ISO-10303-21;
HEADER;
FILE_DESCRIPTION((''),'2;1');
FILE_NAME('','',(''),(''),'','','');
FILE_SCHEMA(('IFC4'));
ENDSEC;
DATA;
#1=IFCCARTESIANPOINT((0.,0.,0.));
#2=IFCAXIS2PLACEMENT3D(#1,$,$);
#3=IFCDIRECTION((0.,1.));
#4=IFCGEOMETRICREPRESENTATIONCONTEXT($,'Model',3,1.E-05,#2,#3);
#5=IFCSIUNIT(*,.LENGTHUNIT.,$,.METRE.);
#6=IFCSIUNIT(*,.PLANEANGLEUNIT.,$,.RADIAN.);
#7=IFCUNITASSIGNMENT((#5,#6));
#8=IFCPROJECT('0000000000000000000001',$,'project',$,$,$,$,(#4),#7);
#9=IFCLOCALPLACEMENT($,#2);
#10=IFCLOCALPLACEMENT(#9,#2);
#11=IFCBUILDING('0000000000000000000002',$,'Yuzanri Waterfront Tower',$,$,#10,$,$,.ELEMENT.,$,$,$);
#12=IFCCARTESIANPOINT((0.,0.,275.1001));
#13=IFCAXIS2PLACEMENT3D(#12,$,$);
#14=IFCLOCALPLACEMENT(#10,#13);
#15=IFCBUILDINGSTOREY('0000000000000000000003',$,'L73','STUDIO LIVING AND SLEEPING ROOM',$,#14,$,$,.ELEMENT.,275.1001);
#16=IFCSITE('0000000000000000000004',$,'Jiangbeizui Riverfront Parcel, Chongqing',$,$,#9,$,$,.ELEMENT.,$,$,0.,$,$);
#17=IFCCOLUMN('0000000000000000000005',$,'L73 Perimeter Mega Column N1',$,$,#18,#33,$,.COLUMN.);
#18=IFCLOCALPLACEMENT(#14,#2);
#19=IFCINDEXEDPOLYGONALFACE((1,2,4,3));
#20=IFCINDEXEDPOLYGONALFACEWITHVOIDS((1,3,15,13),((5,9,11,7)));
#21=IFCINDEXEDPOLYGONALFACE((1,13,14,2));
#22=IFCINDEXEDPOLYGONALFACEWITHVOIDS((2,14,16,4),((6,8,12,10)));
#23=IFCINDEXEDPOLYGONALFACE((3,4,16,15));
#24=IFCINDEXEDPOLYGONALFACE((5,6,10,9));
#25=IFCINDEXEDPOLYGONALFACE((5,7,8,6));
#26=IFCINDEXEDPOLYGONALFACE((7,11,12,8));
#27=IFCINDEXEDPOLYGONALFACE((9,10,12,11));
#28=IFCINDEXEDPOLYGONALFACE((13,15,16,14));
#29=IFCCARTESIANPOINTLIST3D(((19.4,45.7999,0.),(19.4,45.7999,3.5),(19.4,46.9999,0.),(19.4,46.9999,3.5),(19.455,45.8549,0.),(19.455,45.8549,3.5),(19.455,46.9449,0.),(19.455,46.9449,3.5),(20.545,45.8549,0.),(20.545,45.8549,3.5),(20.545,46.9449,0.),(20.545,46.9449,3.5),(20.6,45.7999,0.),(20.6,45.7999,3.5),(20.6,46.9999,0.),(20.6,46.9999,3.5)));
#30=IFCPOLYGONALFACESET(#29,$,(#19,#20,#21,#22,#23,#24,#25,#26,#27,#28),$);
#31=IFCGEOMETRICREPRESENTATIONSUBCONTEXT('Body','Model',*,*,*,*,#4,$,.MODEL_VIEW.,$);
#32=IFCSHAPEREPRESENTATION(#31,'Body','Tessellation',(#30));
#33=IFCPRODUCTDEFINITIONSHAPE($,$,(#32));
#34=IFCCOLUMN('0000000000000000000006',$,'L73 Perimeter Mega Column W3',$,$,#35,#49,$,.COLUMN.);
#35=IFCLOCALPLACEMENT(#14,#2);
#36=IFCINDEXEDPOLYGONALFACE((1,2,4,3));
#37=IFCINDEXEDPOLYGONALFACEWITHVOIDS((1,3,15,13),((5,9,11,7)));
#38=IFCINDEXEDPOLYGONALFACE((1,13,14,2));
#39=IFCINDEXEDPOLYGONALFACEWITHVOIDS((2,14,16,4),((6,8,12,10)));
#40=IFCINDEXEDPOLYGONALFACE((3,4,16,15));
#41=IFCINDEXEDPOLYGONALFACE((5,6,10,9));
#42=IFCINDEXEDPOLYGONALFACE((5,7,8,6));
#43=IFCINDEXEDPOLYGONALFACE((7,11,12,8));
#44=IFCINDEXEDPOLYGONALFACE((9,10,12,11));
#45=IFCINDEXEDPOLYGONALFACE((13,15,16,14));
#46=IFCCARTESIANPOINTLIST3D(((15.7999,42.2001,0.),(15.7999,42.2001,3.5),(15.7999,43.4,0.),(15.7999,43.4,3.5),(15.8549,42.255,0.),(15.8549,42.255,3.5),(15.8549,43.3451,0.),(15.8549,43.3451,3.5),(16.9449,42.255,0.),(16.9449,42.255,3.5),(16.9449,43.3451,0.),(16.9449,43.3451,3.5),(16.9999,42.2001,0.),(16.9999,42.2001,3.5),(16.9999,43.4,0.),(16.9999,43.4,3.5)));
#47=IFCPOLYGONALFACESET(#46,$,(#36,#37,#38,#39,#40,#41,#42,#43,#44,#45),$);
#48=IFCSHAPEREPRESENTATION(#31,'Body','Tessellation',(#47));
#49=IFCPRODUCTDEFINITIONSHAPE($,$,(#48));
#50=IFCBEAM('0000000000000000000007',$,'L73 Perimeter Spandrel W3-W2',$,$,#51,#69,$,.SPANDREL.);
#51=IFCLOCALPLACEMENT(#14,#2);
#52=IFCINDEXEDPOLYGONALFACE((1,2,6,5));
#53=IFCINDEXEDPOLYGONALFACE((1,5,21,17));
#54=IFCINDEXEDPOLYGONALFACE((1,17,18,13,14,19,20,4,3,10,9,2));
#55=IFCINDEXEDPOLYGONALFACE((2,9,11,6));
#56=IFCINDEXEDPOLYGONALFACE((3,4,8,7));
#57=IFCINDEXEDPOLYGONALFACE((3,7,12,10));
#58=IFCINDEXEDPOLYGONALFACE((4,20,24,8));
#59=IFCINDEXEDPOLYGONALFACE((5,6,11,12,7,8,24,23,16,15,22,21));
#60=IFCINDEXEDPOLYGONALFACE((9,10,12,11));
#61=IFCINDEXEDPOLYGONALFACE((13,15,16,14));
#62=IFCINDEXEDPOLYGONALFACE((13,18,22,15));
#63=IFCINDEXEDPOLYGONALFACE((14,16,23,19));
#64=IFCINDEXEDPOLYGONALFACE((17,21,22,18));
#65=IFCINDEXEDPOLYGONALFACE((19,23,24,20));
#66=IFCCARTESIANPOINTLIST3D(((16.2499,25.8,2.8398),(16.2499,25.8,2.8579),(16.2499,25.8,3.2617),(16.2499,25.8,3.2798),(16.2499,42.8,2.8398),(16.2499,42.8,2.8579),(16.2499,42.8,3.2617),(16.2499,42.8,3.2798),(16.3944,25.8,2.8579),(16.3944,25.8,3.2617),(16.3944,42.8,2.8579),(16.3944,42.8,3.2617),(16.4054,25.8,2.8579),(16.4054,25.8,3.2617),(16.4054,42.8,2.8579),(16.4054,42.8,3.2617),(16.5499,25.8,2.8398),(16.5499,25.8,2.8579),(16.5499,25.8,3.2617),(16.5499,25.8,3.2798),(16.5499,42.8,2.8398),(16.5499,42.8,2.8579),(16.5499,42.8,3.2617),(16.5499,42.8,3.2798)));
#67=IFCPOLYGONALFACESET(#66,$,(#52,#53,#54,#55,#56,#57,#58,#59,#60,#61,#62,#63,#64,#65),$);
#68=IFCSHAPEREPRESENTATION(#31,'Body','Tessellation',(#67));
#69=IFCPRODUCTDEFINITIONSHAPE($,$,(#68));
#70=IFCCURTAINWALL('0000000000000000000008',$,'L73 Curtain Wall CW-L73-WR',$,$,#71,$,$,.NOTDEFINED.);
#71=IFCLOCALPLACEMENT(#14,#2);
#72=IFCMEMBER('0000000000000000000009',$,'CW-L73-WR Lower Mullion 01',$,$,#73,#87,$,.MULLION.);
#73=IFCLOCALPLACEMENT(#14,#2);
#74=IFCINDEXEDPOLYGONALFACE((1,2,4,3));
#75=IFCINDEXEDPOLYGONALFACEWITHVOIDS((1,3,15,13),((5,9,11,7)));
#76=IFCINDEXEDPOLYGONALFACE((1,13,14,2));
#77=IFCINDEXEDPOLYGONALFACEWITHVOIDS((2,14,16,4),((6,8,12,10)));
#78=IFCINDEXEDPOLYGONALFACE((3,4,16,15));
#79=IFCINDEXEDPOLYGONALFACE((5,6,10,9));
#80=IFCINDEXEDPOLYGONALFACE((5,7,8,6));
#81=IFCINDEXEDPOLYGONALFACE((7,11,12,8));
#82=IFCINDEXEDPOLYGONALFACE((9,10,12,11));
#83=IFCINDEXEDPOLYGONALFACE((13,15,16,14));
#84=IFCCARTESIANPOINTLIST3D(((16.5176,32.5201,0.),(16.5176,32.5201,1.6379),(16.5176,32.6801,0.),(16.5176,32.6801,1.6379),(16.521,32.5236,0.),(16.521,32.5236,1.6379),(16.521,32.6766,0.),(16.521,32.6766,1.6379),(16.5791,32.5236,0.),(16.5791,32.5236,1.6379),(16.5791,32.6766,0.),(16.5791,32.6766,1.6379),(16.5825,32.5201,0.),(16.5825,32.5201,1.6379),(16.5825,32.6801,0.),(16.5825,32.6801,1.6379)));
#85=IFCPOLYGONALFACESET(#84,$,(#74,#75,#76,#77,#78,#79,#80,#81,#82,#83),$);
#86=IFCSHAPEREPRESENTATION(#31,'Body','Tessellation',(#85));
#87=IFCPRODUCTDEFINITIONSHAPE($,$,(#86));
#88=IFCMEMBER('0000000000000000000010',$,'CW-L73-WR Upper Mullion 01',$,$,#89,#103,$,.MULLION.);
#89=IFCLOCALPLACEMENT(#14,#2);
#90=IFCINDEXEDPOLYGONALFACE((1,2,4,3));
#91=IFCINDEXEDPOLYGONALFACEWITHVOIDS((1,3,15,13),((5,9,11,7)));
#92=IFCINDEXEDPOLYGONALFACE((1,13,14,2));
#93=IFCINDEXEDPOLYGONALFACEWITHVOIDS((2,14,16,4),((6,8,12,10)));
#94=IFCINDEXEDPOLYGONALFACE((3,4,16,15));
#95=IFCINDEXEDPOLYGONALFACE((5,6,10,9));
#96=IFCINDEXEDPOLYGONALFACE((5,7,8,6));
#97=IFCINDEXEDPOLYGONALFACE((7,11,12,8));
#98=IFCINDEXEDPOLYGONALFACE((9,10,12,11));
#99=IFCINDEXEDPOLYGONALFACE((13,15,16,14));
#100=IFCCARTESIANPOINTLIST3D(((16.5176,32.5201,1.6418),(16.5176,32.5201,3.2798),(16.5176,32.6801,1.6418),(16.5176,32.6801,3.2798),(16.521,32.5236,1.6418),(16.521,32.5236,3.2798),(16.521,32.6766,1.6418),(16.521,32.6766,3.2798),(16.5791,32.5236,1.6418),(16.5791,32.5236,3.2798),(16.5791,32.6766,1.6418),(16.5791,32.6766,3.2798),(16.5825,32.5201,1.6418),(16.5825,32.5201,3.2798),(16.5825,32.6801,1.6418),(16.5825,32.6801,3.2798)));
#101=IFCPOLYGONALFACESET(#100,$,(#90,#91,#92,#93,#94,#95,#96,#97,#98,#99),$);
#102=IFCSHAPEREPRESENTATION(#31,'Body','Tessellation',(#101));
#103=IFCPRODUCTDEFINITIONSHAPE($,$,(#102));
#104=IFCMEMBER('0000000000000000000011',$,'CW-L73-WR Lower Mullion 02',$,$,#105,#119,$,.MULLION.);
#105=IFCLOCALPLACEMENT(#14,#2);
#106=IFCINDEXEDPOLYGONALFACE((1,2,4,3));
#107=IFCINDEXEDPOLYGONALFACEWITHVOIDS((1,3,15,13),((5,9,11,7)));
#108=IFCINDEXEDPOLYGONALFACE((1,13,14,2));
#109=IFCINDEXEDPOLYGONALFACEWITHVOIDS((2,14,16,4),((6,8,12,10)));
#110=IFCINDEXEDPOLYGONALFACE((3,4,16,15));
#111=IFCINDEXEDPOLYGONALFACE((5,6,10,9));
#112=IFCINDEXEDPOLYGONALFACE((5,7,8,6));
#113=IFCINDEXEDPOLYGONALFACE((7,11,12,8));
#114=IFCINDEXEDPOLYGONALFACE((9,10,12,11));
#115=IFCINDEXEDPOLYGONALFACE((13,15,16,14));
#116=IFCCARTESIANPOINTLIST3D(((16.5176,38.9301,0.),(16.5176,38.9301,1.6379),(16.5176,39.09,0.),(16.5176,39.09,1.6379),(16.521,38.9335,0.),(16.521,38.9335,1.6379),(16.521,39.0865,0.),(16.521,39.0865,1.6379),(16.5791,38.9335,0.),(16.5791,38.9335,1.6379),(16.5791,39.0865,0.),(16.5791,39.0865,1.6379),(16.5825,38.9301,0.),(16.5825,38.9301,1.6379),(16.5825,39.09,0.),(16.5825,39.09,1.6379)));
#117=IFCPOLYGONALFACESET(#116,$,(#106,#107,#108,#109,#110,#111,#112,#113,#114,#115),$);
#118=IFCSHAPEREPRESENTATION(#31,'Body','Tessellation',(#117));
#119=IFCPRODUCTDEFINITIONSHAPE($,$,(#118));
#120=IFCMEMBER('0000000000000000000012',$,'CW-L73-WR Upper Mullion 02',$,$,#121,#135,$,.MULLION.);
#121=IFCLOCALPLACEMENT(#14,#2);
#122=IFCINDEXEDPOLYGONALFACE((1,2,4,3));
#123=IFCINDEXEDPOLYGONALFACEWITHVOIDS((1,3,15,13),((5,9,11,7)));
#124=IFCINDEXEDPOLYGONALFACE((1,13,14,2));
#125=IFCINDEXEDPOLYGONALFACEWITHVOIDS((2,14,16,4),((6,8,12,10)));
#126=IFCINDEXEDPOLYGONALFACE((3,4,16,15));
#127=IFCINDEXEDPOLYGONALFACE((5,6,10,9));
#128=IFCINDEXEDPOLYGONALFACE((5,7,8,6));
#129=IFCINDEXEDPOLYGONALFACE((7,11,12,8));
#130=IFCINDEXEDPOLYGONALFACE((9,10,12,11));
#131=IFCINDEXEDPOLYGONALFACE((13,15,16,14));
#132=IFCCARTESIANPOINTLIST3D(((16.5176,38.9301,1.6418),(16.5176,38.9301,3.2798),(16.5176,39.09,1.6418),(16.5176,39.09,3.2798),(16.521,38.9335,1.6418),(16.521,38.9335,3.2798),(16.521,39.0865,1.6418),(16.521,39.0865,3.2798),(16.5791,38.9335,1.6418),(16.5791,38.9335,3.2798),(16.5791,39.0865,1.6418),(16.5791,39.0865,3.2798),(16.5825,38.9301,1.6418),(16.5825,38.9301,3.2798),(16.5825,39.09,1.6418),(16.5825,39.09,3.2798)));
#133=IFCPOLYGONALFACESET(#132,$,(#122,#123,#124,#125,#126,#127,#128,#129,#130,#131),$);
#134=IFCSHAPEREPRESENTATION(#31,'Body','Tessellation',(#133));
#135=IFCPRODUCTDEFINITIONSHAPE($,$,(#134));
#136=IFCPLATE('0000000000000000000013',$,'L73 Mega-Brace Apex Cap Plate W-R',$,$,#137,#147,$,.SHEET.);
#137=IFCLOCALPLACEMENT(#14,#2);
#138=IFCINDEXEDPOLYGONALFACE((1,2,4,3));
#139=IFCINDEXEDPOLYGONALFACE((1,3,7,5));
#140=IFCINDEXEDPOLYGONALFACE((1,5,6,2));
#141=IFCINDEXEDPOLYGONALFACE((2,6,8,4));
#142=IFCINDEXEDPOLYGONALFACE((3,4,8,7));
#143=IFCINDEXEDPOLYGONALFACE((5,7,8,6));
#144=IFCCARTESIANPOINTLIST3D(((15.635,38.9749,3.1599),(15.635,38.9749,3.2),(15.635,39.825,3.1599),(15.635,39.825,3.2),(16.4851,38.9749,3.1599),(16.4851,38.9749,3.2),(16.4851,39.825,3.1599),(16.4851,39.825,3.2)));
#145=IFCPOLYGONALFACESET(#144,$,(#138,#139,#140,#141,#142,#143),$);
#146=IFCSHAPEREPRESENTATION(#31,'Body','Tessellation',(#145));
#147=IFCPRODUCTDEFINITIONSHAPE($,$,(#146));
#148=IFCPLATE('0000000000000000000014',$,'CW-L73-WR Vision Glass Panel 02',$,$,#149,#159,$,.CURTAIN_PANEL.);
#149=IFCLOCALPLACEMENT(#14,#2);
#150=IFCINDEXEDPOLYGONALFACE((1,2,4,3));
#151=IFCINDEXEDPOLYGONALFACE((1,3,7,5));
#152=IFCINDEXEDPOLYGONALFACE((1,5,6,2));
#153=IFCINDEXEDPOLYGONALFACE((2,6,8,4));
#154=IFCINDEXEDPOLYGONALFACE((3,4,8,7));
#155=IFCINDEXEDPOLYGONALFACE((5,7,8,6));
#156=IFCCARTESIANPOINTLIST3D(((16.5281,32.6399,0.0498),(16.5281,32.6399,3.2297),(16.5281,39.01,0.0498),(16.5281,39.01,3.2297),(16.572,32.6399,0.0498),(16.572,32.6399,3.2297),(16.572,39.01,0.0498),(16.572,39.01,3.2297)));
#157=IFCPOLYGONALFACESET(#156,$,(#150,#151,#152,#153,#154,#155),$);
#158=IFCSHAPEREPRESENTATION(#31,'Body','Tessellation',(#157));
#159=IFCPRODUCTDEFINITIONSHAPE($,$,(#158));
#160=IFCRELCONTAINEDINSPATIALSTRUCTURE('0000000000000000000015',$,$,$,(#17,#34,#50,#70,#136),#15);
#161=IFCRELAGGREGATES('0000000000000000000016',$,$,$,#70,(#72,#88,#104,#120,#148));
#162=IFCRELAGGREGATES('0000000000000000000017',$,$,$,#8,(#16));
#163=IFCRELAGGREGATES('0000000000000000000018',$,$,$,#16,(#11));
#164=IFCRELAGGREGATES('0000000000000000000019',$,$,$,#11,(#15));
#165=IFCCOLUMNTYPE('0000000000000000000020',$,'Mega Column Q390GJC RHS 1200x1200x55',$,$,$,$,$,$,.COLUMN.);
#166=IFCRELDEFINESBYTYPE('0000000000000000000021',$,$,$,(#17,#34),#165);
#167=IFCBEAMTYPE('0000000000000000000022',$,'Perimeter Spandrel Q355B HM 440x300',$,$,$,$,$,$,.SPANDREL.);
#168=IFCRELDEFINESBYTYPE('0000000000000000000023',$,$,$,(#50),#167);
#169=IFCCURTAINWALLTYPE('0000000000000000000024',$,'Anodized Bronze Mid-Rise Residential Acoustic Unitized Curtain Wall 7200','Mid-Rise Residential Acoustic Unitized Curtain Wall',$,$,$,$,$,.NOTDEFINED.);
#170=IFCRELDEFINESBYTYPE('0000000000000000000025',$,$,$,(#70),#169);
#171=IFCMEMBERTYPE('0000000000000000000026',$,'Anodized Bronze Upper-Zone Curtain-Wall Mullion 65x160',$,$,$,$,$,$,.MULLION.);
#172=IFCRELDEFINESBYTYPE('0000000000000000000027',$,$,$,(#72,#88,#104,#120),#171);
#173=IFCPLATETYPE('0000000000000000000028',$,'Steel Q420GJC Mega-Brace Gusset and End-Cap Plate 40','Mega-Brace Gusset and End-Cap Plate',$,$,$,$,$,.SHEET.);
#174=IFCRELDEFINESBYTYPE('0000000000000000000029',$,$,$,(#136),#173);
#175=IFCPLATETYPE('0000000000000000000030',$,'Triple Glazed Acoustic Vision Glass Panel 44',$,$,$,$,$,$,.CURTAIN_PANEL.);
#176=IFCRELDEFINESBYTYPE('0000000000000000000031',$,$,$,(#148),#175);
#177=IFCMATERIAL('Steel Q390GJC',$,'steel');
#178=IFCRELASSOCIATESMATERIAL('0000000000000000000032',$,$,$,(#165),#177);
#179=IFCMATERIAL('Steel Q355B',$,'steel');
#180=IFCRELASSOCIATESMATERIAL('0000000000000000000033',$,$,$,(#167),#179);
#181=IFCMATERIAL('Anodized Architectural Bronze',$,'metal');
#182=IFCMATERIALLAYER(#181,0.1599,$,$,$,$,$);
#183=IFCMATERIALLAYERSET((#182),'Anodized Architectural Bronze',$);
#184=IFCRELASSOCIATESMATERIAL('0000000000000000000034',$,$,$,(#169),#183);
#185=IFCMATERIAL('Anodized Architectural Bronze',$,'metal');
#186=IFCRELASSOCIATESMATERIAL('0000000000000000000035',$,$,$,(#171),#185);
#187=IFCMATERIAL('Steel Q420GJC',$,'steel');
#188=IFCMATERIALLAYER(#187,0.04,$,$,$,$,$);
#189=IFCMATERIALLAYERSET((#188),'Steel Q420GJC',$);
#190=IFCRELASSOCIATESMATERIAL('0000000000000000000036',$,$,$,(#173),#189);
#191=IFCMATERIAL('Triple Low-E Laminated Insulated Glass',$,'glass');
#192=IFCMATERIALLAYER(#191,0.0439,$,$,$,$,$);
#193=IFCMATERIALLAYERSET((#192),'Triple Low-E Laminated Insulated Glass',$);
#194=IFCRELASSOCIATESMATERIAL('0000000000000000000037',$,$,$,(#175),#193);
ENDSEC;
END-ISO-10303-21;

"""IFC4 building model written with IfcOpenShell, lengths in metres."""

from ifc_helpers import new_model, si_unit, direction, frame, origin, origin_2d, place, context, subcontext, project, spatial, rectangle, hollow_rectangle, i_section, extrude, source, transform, mapped, material, layer, layer_set, material_profile, profile_set, type_object, element, aggregate, save


model = new_model("IFC4")

# Units and contexts
model_context = context("Model", 3, precision=1e-05, world=origin(), true_north=direction((0.0, 1.0)))
body_context = subcontext(model_context, "Body", "Model", "MODEL_VIEW")
ifc_project = project(units=[si_unit("LENGTHUNIT", "METRE"), si_unit("PLANEANGLEUNIT", "RADIAN")], contexts=[model_context])

# Site, building, storey
site_placement = place(None, origin())
site = spatial("IfcSite", under=ifc_project, at=site_placement, Name="Jiangbeizui Riverfront Parcel, Chongqing", CompositionType="ELEMENT", RefElevation=0.0)
building_placement = place(site_placement, origin())
building = spatial("IfcBuilding", under=site, at=building_placement, Name="Yuzanri Waterfront Tower", CompositionType="ELEMENT")
storey_placement = place(building_placement, frame((0.0, 0.0, 275.1001)))
storey = spatial("IfcBuildingStorey", under=building, at=storey_placement, Name="L73", Description="STUDIO LIVING AND SLEEPING ROOM", CompositionType="ELEMENT", Elevation=275.1001)

# Columns
ifc_material_1 = material(Name="Steel Q390GJC", Category="steel")
ifc_material_profile_1 = material_profile(ifc_material_1, hollow_rectangle(XDim=1.2, YDim=1.2, WallThickness=0.0549, at=origin_2d()), Name="RHS 1200x1200x55")
ifc_profile_set_1 = profile_set([ifc_material_profile_1], Name="Steel Q390GJC")
column_type = type_object("IfcColumnType", Name="Mega Column Q390GJC RHS 1200x1200x55", PredefinedType="COLUMN", material=ifc_profile_set_1)
shared_shape_1 = source(origin(), body_context, "Body", "SweptSolid", [
    extrude(hollow_rectangle(XDim=1.2, YDim=1.2, WallThickness=0.0549, at=origin_2d()), origin(), (0.0, 0.0, 1.0), 3.5),
])
for number, where, z_axis, x_axis, name in (
    (1, (20.0, 46.3999, 0.0), (0.0, 0.0, 1.0), (1.0, 0.0, 0.0), "L73 Perimeter Mega Column N1"),
    (2, (16.3999, 42.8, 0.0), (0.0, 0.0, 1.0), (1.0, 0.0, 0.0), "L73 Perimeter Mega Column W3"),
):
    element("IfcColumn", number, at=place(storey_placement, frame(where, z_axis=z_axis, x_axis=x_axis)), inside=storey, type_object=column_type, Name=name, PredefinedType="COLUMN", context=body_context, shape_type="MappedRepresentation", body=[
        mapped(shared_shape_1, transform((0.0, 0.0, 0.0), scale=1.0)),
    ])

# Beam
ifc_material_2 = material(Name="Steel Q355B", Category="steel")
ifc_material_profile_2 = material_profile(ifc_material_2, i_section(OverallWidth=0.3, OverallDepth=0.4399, WebThickness=0.011, FlangeThickness=0.0181, at=origin_2d()), Name="HM 440x300x11x18")
ifc_profile_set_2 = profile_set([ifc_material_profile_2], Name="Steel Q355B")
beam_type = type_object("IfcBeamType", Name="Perimeter Spandrel Q355B HM 440x300", PredefinedType="SPANDREL", material=ifc_profile_set_2)
shared_shape_2 = source(origin(), body_context, "Body", "SweptSolid", [
    extrude(i_section(OverallWidth=0.3, OverallDepth=0.4399, WebThickness=0.011, FlangeThickness=0.0181, at=origin_2d()), origin(), (0.0, 0.0, 1.0), 17.0),
])
beam_placement = place(storey_placement, frame((16.3999, 42.8, 3.0598), z_axis=(0.0, -1.0, 0.0), x_axis=(1.0, 0.0, 0.0)))
element("IfcBeam", 3, at=beam_placement, inside=storey, type_object=beam_type, Name="L73 Perimeter Spandrel W3-W2", PredefinedType="SPANDREL", context=body_context, shape_type="MappedRepresentation", body=[
    mapped(shared_shape_2, transform((0.0, 0.0, 0.0), scale=1.0)),
])

# Curtain wall, members
ifc_material_3 = material(Name="Anodized Architectural Bronze", Category="metal")
ifc_layer_1 = layer(ifc_material_3, 0.1599)
ifc_layer_set_1 = layer_set([ifc_layer_1], Name="Anodized Architectural Bronze")
curtain_wall_type = type_object("IfcCurtainWallType", Name="Anodized Bronze Mid-Rise Residential Acoustic Unitized Curtain Wall 7200", Description="Mid-Rise Residential Acoustic Unitized Curtain Wall", PredefinedType="NOTDEFINED", material=ifc_layer_set_1)
curtain_wall_placement = place(storey_placement, origin())
curtain_wall = element("IfcCurtainWall", 4, at=curtain_wall_placement, inside=storey, type_object=curtain_wall_type, Name="L73 Curtain Wall CW-L73-WR", PredefinedType="NOTDEFINED")
ifc_material_4 = material(Name="Anodized Architectural Bronze", Category="metal")
ifc_material_profile_3 = material_profile(ifc_material_4, hollow_rectangle(XDim=0.0649, YDim=0.1599, WallThickness=0.0034, at=origin_2d()), Name="CWM 65x160")
ifc_profile_set_3 = profile_set([ifc_material_profile_3], Name="Anodized Architectural Bronze")
member_type = type_object("IfcMemberType", Name="Anodized Bronze Upper-Zone Curtain-Wall Mullion 65x160", PredefinedType="MULLION", material=ifc_profile_set_3)
shared_shape_3 = source(origin(), body_context, "Body", "SweptSolid", [
    extrude(hollow_rectangle(XDim=0.0649, YDim=0.1599, WallThickness=0.0034, at=origin_2d()), origin(), (0.0, 0.0, 1.0), 1.6379),
])
member_1_placement = place(storey_placement, frame((16.55, 32.6001, 0.0), z_axis=(0.0, 0.0, 1.0), x_axis=(1.0, 0.0, 0.0)))
member_1 = element("IfcMember", 5, at=member_1_placement, type_object=member_type, Name="CW-L73-WR Lower Mullion 01", PredefinedType="MULLION", context=body_context, shape_type="MappedRepresentation", body=[
    mapped(shared_shape_3, transform((0.0, 0.0, 0.0), scale=1.0)),
])
member_2_placement = place(storey_placement, frame((16.55, 32.6001, 1.6418), z_axis=(0.0, 0.0, 1.0), x_axis=(1.0, 0.0, 0.0)))
member_2 = element("IfcMember", 6, at=member_2_placement, type_object=member_type, Name="CW-L73-WR Upper Mullion 01", PredefinedType="MULLION", context=body_context, shape_type="MappedRepresentation", body=[
    mapped(shared_shape_3, transform((0.0, 0.0, 0.0), scale=1.0)),
])
member_3_placement = place(storey_placement, frame((16.55, 39.01, 0.0), z_axis=(0.0, 0.0, 1.0), x_axis=(1.0, 0.0, 0.0)))
member_3 = element("IfcMember", 7, at=member_3_placement, type_object=member_type, Name="CW-L73-WR Lower Mullion 02", PredefinedType="MULLION", context=body_context, shape_type="MappedRepresentation", body=[
    mapped(shared_shape_3, transform((0.0, 0.0, 0.0), scale=1.0)),
])
member_4_placement = place(storey_placement, frame((16.55, 39.01, 1.6418), z_axis=(0.0, 0.0, 1.0), x_axis=(1.0, 0.0, 0.0)))
member_4 = element("IfcMember", 8, at=member_4_placement, type_object=member_type, Name="CW-L73-WR Upper Mullion 02", PredefinedType="MULLION", context=body_context, shape_type="MappedRepresentation", body=[
    mapped(shared_shape_3, transform((0.0, 0.0, 0.0), scale=1.0)),
])

# Plates
ifc_material_5 = material(Name="Steel Q420GJC", Category="steel")
ifc_layer_2 = layer(ifc_material_5, 0.04)
ifc_layer_set_2 = layer_set([ifc_layer_2], Name="Steel Q420GJC")
plate_type_1 = type_object("IfcPlateType", Name="Steel Q420GJC Mega-Brace Gusset and End-Cap Plate 40", Description="Mega-Brace Gusset and End-Cap Plate", PredefinedType="SHEET", material=ifc_layer_set_2)
shared_shape_4 = source(origin(), body_context, "Body", "SweptSolid", [
    extrude(rectangle(XDim=0.8501, YDim=0.8501, at=origin_2d()), origin(), (0.0, 0.0, 1.0), 0.04),
])
plate_1_placement = place(storey_placement, frame((16.0601, 39.3999, 3.1599), z_axis=(0.0, 0.0, 1.0), x_axis=(1.0, 0.0, 0.0)))
element("IfcPlate", 9, at=plate_1_placement, inside=storey, type_object=plate_type_1, Name="L73 Mega-Brace Apex Cap Plate W-R", PredefinedType="SHEET", context=body_context, shape_type="MappedRepresentation", body=[
    mapped(shared_shape_4, transform((0.0, 0.0, 0.0), scale=1.0)),
])
ifc_material_6 = material(Name="Triple Low-E Laminated Insulated Glass", Category="glass")
ifc_layer_3 = layer(ifc_material_6, 0.0439)
ifc_layer_set_3 = layer_set([ifc_layer_3], Name="Triple Low-E Laminated Insulated Glass")
plate_type_2 = type_object("IfcPlateType", Name="Triple Glazed Acoustic Vision Glass Panel 44", PredefinedType="CURTAIN_PANEL", material=ifc_layer_set_3)
shared_shape_5 = source(origin(), body_context, "Body", "SweptSolid", [
    extrude(rectangle(XDim=6.3701, YDim=0.0439, at=origin_2d()), origin(), (0.0, 0.0, 1.0), 3.1799),
])
plate_2_placement = place(storey_placement, frame((16.55, 35.825, 0.0498), z_axis=(0.0, 0.0, 1.0), x_axis=(0.0, 1.0, 0.0)))
plate_2 = element("IfcPlate", 10, at=plate_2_placement, type_object=plate_type_2, Name="CW-L73-WR Vision Glass Panel 02", PredefinedType="CURTAIN_PANEL", context=body_context, shape_type="MappedRepresentation", body=[
    mapped(shared_shape_5, transform((0.0, 0.0, 0.0), scale=1.0)),
])
aggregate(curtain_wall, [member_1, member_2, member_3, member_4, plate_2])

save(model, "model.ifc")
